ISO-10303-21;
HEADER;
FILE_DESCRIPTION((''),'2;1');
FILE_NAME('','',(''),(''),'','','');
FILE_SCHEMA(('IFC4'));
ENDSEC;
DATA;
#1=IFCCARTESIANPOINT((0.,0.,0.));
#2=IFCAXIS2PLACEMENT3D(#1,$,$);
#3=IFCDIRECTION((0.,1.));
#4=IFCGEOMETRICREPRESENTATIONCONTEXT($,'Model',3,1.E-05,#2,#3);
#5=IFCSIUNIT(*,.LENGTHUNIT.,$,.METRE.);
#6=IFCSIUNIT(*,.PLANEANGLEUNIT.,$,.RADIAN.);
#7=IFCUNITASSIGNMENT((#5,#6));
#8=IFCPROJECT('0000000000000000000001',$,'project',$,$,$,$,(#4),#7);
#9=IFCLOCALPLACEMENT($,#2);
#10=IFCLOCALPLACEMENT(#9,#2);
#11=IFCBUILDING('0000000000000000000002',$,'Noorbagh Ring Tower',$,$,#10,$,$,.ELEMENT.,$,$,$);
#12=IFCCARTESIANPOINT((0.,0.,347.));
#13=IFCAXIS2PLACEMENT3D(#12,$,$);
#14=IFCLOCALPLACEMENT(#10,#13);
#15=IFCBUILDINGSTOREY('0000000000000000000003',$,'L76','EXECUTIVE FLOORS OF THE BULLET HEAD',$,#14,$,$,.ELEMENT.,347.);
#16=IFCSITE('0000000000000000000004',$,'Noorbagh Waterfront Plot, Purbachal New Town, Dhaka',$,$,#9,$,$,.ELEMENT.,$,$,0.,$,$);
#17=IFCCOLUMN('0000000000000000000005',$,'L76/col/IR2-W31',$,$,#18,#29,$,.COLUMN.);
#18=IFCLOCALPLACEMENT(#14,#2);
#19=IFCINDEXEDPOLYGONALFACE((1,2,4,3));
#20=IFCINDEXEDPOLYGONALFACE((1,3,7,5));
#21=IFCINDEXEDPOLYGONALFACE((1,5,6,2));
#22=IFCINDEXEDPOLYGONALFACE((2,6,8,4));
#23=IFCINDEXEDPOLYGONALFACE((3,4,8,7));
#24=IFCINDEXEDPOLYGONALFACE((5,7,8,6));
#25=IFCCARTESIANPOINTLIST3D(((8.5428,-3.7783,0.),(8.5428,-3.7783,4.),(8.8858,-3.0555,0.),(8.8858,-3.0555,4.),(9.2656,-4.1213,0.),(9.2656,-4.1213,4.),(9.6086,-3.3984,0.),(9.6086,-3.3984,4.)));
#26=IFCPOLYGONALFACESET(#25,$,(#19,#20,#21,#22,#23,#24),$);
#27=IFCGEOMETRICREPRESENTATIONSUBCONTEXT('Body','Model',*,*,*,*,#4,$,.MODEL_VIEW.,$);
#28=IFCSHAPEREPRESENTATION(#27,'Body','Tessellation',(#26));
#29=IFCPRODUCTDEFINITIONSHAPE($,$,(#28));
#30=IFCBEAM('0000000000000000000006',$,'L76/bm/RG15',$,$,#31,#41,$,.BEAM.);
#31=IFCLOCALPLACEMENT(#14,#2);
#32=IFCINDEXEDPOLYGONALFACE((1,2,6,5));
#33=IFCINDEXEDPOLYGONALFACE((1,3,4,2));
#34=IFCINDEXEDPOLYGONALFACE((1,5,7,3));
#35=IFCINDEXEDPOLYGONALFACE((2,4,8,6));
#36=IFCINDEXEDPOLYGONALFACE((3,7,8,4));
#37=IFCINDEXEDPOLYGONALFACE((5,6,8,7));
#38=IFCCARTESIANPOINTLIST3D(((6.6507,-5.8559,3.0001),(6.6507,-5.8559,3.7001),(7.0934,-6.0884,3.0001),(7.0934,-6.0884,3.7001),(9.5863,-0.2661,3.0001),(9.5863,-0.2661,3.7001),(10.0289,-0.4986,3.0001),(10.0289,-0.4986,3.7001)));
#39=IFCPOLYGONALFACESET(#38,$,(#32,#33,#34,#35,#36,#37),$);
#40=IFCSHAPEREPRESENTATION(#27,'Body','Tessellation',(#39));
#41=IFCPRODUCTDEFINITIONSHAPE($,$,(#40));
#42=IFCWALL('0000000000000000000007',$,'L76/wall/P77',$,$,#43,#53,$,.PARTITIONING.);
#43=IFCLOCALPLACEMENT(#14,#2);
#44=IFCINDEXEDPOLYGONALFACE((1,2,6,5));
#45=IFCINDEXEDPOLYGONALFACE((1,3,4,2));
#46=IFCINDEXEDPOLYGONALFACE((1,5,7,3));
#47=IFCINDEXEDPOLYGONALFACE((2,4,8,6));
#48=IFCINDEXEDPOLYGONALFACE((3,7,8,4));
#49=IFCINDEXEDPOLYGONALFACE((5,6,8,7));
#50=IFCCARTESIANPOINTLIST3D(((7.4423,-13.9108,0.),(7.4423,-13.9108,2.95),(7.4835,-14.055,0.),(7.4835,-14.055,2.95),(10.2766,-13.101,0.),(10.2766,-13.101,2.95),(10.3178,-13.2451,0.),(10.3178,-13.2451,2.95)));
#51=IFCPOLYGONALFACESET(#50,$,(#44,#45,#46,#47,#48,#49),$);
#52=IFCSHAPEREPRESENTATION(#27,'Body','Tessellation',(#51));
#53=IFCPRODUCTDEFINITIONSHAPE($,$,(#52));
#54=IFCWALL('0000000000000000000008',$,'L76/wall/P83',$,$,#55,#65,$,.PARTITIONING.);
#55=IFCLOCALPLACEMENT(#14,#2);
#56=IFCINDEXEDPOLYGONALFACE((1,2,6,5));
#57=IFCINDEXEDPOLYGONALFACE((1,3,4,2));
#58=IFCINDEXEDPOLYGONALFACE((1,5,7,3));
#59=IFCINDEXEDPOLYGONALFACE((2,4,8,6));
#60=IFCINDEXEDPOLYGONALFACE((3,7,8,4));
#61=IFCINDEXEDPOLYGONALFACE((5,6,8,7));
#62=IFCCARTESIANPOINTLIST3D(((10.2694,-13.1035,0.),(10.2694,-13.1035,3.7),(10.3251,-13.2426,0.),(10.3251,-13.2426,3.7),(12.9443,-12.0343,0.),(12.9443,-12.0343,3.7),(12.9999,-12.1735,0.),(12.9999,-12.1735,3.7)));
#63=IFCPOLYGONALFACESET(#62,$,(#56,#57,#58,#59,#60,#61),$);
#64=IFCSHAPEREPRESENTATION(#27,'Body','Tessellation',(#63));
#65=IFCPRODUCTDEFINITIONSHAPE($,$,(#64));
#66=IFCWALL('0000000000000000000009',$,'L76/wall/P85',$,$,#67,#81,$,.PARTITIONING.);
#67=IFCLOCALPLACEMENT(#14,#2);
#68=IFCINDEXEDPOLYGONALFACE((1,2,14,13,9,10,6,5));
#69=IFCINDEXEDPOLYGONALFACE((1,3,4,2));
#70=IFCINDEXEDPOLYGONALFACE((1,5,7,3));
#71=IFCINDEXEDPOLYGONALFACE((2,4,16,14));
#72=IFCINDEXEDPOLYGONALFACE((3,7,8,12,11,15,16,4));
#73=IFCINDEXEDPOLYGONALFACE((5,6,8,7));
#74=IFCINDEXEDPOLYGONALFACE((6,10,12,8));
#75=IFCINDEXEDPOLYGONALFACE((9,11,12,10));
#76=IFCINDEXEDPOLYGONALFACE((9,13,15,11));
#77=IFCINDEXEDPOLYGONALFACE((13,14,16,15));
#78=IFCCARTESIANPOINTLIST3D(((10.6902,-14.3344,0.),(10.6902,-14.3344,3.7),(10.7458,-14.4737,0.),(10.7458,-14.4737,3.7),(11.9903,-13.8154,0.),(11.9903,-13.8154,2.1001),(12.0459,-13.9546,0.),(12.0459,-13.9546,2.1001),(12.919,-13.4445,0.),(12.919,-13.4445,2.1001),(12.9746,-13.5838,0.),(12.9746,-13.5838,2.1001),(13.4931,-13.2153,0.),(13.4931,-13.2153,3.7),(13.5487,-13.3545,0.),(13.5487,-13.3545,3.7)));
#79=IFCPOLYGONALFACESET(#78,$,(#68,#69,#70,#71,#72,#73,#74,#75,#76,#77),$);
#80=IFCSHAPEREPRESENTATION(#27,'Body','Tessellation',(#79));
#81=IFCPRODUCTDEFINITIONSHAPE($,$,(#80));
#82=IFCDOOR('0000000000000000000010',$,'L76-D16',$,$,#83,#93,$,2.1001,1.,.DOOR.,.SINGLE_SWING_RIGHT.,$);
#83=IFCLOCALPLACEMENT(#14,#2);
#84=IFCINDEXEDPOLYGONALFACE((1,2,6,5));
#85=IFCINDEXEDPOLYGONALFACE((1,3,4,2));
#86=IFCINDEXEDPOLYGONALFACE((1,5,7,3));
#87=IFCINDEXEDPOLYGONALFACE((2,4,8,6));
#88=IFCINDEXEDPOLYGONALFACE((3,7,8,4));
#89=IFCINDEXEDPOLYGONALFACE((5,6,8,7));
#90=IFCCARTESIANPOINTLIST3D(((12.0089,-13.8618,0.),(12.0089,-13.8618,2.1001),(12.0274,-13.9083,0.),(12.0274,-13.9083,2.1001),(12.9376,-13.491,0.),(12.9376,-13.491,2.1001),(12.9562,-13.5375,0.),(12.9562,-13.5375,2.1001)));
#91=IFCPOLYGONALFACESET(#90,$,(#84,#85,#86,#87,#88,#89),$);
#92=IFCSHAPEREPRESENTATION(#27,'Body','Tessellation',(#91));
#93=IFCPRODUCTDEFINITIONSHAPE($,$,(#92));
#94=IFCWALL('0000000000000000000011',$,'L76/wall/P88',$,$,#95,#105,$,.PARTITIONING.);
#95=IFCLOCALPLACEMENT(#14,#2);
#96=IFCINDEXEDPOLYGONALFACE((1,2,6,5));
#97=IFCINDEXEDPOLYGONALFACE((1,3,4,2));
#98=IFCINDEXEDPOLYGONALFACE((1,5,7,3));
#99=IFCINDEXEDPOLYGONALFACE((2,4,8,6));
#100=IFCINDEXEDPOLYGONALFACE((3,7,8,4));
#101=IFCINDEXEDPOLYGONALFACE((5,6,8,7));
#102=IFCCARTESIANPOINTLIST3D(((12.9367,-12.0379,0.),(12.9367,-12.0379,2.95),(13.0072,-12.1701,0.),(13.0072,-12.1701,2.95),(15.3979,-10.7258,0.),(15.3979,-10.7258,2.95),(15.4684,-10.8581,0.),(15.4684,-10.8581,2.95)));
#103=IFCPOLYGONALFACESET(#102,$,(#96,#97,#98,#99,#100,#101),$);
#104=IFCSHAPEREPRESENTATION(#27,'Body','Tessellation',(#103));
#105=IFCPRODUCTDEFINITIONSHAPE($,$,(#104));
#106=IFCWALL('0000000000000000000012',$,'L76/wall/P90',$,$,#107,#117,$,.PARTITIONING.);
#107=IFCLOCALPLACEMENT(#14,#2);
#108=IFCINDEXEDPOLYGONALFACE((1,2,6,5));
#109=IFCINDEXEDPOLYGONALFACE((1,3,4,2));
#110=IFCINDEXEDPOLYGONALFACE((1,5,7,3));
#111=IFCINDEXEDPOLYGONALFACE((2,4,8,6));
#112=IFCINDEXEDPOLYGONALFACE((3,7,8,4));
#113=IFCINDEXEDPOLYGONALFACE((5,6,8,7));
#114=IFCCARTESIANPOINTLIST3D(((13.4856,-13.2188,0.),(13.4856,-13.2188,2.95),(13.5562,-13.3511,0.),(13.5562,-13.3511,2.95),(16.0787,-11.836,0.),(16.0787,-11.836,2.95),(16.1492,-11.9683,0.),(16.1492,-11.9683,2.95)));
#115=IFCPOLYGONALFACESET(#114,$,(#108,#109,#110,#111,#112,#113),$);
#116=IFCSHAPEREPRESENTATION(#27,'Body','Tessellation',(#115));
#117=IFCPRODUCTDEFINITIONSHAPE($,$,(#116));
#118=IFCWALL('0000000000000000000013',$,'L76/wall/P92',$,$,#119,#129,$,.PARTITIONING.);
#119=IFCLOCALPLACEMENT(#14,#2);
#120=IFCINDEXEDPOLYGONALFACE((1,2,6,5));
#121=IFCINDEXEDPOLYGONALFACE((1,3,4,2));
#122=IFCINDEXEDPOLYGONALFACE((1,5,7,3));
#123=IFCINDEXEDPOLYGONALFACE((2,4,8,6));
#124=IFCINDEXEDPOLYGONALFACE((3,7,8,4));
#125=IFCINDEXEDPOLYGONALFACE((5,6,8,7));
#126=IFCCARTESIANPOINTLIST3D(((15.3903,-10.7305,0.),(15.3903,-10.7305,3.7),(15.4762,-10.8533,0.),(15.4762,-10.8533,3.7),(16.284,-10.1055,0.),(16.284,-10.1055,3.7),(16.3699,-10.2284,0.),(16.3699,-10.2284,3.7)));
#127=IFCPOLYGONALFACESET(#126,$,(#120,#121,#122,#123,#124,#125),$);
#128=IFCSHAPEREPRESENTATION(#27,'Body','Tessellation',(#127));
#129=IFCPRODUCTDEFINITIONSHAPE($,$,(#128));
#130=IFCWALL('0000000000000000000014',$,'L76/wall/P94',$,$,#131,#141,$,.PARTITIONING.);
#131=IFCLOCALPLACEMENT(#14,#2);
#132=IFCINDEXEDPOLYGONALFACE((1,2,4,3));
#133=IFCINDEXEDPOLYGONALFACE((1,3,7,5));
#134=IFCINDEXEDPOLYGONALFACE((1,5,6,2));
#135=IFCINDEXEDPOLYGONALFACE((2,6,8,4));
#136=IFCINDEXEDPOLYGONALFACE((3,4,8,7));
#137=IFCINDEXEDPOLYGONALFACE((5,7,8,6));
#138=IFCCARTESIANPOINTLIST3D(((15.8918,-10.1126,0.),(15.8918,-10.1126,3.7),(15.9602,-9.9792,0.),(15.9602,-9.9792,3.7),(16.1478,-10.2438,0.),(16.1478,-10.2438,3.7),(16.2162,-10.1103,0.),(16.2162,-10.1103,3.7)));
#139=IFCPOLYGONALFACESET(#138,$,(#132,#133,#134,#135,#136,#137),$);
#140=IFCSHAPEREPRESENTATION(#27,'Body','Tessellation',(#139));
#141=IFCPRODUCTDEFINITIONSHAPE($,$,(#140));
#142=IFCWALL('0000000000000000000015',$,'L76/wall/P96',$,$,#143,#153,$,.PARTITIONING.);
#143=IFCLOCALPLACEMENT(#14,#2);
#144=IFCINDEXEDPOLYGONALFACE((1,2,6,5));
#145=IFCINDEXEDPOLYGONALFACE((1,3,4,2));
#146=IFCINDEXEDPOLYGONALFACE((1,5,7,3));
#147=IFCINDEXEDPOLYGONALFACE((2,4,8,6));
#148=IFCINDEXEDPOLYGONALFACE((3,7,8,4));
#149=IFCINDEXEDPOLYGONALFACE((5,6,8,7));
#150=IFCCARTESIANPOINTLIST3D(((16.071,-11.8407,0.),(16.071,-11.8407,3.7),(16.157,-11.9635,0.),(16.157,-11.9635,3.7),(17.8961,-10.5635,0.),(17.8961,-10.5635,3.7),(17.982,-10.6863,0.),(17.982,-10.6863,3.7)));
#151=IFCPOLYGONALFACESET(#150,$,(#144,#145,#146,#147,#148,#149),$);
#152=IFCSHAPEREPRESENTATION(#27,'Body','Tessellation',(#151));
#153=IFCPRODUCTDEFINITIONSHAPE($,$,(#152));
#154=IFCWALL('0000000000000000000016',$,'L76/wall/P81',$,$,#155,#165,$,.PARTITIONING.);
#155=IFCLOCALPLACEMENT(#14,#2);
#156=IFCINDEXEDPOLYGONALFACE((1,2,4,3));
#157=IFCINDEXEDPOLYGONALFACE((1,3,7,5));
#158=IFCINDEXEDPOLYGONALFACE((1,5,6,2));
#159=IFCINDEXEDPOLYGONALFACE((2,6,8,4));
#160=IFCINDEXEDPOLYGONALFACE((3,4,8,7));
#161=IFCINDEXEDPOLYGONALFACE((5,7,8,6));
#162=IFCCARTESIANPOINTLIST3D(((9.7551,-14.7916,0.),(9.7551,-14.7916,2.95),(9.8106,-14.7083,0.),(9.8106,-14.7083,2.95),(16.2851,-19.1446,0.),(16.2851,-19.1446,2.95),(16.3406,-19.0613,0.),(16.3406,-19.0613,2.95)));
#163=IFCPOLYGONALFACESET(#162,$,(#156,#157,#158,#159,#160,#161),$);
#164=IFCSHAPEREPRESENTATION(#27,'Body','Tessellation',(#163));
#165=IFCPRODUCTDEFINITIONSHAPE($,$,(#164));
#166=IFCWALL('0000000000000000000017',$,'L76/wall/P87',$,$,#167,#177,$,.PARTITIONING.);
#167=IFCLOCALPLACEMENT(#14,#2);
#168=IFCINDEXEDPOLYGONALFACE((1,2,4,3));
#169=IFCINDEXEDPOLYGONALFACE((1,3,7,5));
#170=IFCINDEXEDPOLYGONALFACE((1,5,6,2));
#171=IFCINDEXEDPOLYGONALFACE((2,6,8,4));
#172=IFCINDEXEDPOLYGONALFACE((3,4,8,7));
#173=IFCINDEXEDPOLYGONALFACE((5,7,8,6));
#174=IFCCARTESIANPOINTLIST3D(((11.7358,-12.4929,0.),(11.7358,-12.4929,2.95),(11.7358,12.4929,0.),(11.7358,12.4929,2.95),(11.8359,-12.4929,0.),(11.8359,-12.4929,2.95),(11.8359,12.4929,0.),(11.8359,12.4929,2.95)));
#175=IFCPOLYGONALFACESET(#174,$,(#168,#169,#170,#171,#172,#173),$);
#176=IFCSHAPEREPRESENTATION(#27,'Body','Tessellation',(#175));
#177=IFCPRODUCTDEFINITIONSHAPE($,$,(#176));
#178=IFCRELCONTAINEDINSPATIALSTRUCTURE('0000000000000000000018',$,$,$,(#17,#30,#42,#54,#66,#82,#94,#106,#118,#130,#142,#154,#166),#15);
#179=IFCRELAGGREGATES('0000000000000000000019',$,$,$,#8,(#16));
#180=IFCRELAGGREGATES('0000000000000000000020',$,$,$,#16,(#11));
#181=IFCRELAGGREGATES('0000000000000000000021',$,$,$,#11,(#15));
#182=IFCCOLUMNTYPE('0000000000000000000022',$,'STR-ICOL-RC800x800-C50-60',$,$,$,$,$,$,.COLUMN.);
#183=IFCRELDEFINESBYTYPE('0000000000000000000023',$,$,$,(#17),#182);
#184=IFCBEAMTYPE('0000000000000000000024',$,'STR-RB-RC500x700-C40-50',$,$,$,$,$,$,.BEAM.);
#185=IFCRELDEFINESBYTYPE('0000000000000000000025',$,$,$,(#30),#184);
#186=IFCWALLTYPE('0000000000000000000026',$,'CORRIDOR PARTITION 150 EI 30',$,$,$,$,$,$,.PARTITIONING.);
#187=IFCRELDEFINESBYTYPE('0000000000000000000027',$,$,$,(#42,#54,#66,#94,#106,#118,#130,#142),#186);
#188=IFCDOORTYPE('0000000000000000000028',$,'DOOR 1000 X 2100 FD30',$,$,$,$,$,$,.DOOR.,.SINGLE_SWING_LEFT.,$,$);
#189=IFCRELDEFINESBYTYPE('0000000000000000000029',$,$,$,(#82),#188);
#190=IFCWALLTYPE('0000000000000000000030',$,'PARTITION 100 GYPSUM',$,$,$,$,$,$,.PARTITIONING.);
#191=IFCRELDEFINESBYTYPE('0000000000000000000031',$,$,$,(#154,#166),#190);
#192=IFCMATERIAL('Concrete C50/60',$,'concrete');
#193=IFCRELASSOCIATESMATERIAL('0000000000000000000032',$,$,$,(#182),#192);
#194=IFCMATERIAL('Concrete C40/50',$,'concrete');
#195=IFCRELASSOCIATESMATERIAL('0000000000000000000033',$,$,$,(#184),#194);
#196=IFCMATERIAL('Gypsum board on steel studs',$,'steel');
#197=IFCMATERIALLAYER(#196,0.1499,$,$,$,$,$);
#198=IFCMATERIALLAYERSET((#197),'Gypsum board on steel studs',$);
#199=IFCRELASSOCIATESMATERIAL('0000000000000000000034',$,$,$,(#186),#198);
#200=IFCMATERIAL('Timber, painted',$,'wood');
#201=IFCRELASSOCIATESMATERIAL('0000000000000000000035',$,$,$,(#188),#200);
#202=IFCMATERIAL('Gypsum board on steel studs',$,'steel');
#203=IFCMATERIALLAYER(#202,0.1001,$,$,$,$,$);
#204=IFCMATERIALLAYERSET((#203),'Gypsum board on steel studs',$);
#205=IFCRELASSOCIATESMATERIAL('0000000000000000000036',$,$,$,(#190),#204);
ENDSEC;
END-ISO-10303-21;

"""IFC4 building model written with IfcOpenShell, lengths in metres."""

from ifc_helpers import new_model, si_unit, direction, frame, frame_2d, origin, origin_2d, place, context, subcontext, project, spatial, rectangle, extrude, material, layer, layer_set, material_profile, profile_set, type_object, element, fill, save


model = new_model("IFC4")

# Units and contexts
model_context = context("Model", 3, precision=1e-05, world=origin(), true_north=direction((0.0, 1.0)))
body_context = subcontext(model_context, "Body", "Model", "MODEL_VIEW")
ifc_project = project(units=[si_unit("LENGTHUNIT", "METRE"), si_unit("PLANEANGLEUNIT", "RADIAN")], contexts=[model_context])

# Site, building, storey
site_placement = place(None, origin())
site = spatial("IfcSite", under=ifc_project, at=site_placement, Name="Noorbagh Waterfront Plot, Purbachal New Town, Dhaka", CompositionType="ELEMENT", RefElevation=0.0)
building_placement = place(site_placement, origin())
building = spatial("IfcBuilding", under=site, at=building_placement, Name="Noorbagh Ring Tower", CompositionType="ELEMENT")
storey_placement = place(building_placement, frame((0.0, 0.0, 347.0)))
storey = spatial("IfcBuildingStorey", under=building, at=storey_placement, Name="L76", Description="EXECUTIVE FLOORS OF THE BULLET HEAD", CompositionType="ELEMENT", Elevation=347.0)

# Column
ifc_material_1 = material(Name="Concrete C50/60", Category="concrete")
ifc_material_profile_1 = material_profile(ifc_material_1, rectangle(XDim=0.8, YDim=0.8, at=origin_2d()), Name="RC800x800")
ifc_profile_set_1 = profile_set([ifc_material_profile_1], Name="Concrete C50/60")
column_type = type_object("IfcColumnType", Name="STR-ICOL-RC800x800-C50-60", PredefinedType="COLUMN", material=ifc_profile_set_1)
column_placement = place(storey_placement, frame((9.0757, -3.5884, 0.0), z_axis=(0.0, 0.0, 1.0), x_axis=(0.428667, 0.903463, 0.0)))
element("IfcColumn", 1, at=column_placement, inside=storey, type_object=column_type, Name="L76/col/IR2-W31", PredefinedType="COLUMN", context=body_context, shape_type="SweptSolid", body=[
    extrude(rectangle(XDim=0.8, YDim=0.8, at=origin_2d()), origin(), (0.0, 0.0, 1.0), 4.0),
])

# Beam
ifc_material_2 = material(Name="Concrete C40/50", Category="concrete")
ifc_material_profile_2 = material_profile(ifc_material_2, rectangle(XDim=0.5, YDim=0.7, at=origin_2d()), Name="RC500x700")
ifc_profile_set_2 = profile_set([ifc_material_profile_2], Name="Concrete C40/50")
beam_type = type_object("IfcBeamType", Name="STR-RB-RC500x700-C40-50", PredefinedType="BEAM", material=ifc_profile_set_2)
beam_placement = place(storey_placement, frame((6.8721, -5.9722, 3.3501), z_axis=(0.464943, 0.885341, 0.0), x_axis=(-0.885341, 0.464943, 0.0)))
element("IfcBeam", 2, at=beam_placement, inside=storey, type_object=beam_type, Name="L76/bm/RG15", PredefinedType="BEAM", context=body_context, shape_type="SweptSolid", body=[
    extrude(rectangle(XDim=0.5, YDim=0.7, at=origin_2d()), origin(), (0.0, 0.0, 1.0), 6.3137),
])

# Walls
ifc_material_3 = material(Name="Gypsum board on steel studs", Category="steel")
ifc_layer_1 = layer(ifc_material_3, 0.1499)
ifc_layer_set_1 = layer_set([ifc_layer_1], Name="Gypsum board on steel studs")
wall_type_1 = type_object("IfcWallType", Name="CORRIDOR PARTITION 150 EI 30", PredefinedType="PARTITIONING", material=ifc_layer_set_1)
wall_1_placement = place(storey_placement, frame((7.4629, -13.9829, 0.0), z_axis=(0.0, 0.0, 1.0), x_axis=(0.961521, 0.274732, 0.0)))
element("IfcWall", 3, at=wall_1_placement, inside=storey, type_object=wall_type_1, Name="L76/wall/P77", PredefinedType="PARTITIONING", context=body_context, shape_type="SweptSolid", body=[
    extrude(rectangle(XDim=2.9478, YDim=0.1499, at=frame_2d((1.4739, 0.0))), origin(), (0.0, 0.0, 1.0), 2.95),
])
wall_2_placement = place(storey_placement, frame((10.2971, -13.1731, 0.0), z_axis=(0.0, 0.0, 1.0), x_axis=(0.928576, 0.371142, 0.0)))
element("IfcWall", 4, at=wall_2_placement, inside=storey, type_object=wall_type_1, Name="L76/wall/P83", PredefinedType="PARTITIONING", context=body_context, shape_type="SweptSolid", body=[
    extrude(rectangle(XDim=2.8806, YDim=0.1499, at=frame_2d((1.4404, 0.0))), origin(), (0.0, 0.0, 1.0), 3.7),
])

# Wall, opening, door
wall_3_placement = place(storey_placement, frame((10.718, -14.4041, 0.0), z_axis=(0.0, 0.0, 1.0), x_axis=(0.928711, 0.370805, 0.0)))
wall_3 = element("IfcWall", 5, at=wall_3_placement, inside=storey, type_object=wall_type_1, Name="L76/wall/P85", PredefinedType="PARTITIONING", context=body_context, shape_type="SweptSolid", body=[
    extrude(rectangle(XDim=3.0181, YDim=0.1499, at=frame_2d((1.509, 0.0))), origin(), (0.0, 0.0, 1.0), 3.7),
])
opening_placement = place(wall_3_placement, frame((1.3999, 0.0, 0.0)))
opening = element("IfcOpeningElement", 6, at=opening_placement, cuts=wall_3, PredefinedType="OPENING", context=body_context, shape_type="SweptSolid", body=[
    extrude(rectangle(XDim=1.0, YDim=2.1001, at=frame_2d((0.5, 1.05))), frame((0.0, 0.085, 0.0), z_axis=(0.0, -1.0, 0.0), x_axis=(1.0, 0.0, 0.0)), (0.0, 0.0, 1.0), 0.1699),
])
ifc_material_4 = material(Name="Timber, painted", Category="wood")
door_type = type_object("IfcDoorType", Name="DOOR 1000 X 2100 FD30", OperationType="SINGLE_SWING_LEFT", PredefinedType="DOOR", material=ifc_material_4)
door_placement = place(opening_placement, origin())
door = element("IfcDoor", 7, at=door_placement, inside=storey, type_object=door_type, Name="L76-D16", OperationType="SINGLE_SWING_RIGHT", OverallHeight=2.1001, OverallWidth=1.0, PredefinedType="DOOR", context=body_context, shape_type="SweptSolid", body=[
    extrude(rectangle(XDim=1.0, YDim=2.1001, at=frame_2d((0.5, 1.05))), frame((0.0, 0.0249, 0.0), z_axis=(0.0, -1.0, 0.0), x_axis=(1.0, 0.0, 0.0)), (0.0, 0.0, 1.0), 0.05),
])
fill(opening, door)

# Walls
wall_4_placement = place(storey_placement, frame((12.9719, -12.104, 0.0), z_axis=(0.0, 0.0, 1.0), x_axis=(0.882445, 0.470416, 0.0)))
element("IfcWall", 8, at=wall_4_placement, inside=storey, type_object=wall_type_1, Name="L76/wall/P88", PredefinedType="PARTITIONING", context=body_context, shape_type="SweptSolid", body=[
    extrude(rectangle(XDim=2.7891, YDim=0.1499, at=frame_2d((1.3945, 0.0))), origin(), (0.0, 0.0, 1.0), 2.95),
])
wall_5_placement = place(storey_placement, frame((13.521, -13.2849, 0.0), z_axis=(0.0, 0.0, 1.0), x_axis=(0.882371, 0.470554, 0.0)))
element("IfcWall", 9, at=wall_5_placement, inside=storey, type_object=wall_type_1, Name="L76/wall/P90", PredefinedType="PARTITIONING", context=body_context, shape_type="SweptSolid", body=[
    extrude(rectangle(XDim=2.9387, YDim=0.1499, at=frame_2d((1.4692, 0.0))), origin(), (0.0, 0.0, 1.0), 2.95),
])
wall_6_placement = place(storey_placement, frame((15.4331, -10.792, 0.0), z_axis=(0.0, 0.0, 1.0), x_axis=(0.819516, 0.573057, 0.0)))
element("IfcWall", 10, at=wall_6_placement, inside=storey, type_object=wall_type_1, Name="L76/wall/P92", PredefinedType="PARTITIONING", context=body_context, shape_type="SweptSolid", body=[
    extrude(rectangle(XDim=1.0906, YDim=0.1499, at=frame_2d((0.5454, 0.0))), origin(), (0.0, 0.0, 1.0), 3.7),
])
wall_7_placement = place(storey_placement, frame((15.926, -10.0459, 0.0), z_axis=(0.0, 0.0, 1.0), x_axis=(0.889968, -0.456024, 0.0)))
element("IfcWall", 11, at=wall_7_placement, inside=storey, type_object=wall_type_1, Name="L76/wall/P94", PredefinedType="PARTITIONING", context=body_context, shape_type="SweptSolid", body=[
    extrude(rectangle(XDim=0.2876, YDim=0.1499, at=frame_2d((0.1438, 0.0))), origin(), (0.0, 0.0, 1.0), 3.7),
])
wall_8_placement = place(storey_placement, frame((16.114, -11.9021, 0.0), z_axis=(0.0, 0.0, 1.0), x_axis=(0.819309, 0.573352, 0.0)))
element("IfcWall", 12, at=wall_8_placement, inside=storey, type_object=wall_type_1, Name="L76/wall/P96", PredefinedType="PARTITIONING", context=body_context, shape_type="SweptSolid", body=[
    extrude(rectangle(XDim=2.2275, YDim=0.1499, at=frame_2d((1.1138, 0.0))), origin(), (0.0, 0.0, 1.0), 3.7),
])
ifc_material_5 = material(Name="Gypsum board on steel studs", Category="steel")
ifc_layer_2 = layer(ifc_material_5, 0.1001)
ifc_layer_set_2 = layer_set([ifc_layer_2], Name="Gypsum board on steel studs")
wall_type_2 = type_object("IfcWallType", Name="PARTITION 100 GYPSUM", PredefinedType="PARTITIONING", material=ifc_layer_set_2)
wall_9_placement = place(storey_placement, frame((9.783, -14.75, 0.0), z_axis=(0.0, 0.0, 1.0), x_axis=(0.832069, -0.554671, 0.0)))
element("IfcWall", 13, at=wall_9_placement, inside=storey, type_object=wall_type_2, Name="L76/wall/P81", PredefinedType="PARTITIONING", context=body_context, shape_type="SweptSolid", body=[
    extrude(rectangle(XDim=7.8479, YDim=0.1001, at=frame_2d((3.9238, 0.0))), origin(), (0.0, 0.0, 1.0), 2.95),
])
wall_10_placement = place(storey_placement, frame((11.7859, -12.4929, 0.0), z_axis=(0.0, 0.0, 1.0), x_axis=(0.0, 1.0, 0.0)))
element("IfcWall", 14, at=wall_10_placement, inside=storey, type_object=wall_type_2, Name="L76/wall/P87", PredefinedType="PARTITIONING", context=body_context, shape_type="SweptSolid", body=[
    extrude(rectangle(XDim=24.9858, YDim=0.1001, at=frame_2d((12.4929, 0.0))), origin(), (0.0, 0.0, 1.0), 2.95),
])

save(model, "model.ifc")
